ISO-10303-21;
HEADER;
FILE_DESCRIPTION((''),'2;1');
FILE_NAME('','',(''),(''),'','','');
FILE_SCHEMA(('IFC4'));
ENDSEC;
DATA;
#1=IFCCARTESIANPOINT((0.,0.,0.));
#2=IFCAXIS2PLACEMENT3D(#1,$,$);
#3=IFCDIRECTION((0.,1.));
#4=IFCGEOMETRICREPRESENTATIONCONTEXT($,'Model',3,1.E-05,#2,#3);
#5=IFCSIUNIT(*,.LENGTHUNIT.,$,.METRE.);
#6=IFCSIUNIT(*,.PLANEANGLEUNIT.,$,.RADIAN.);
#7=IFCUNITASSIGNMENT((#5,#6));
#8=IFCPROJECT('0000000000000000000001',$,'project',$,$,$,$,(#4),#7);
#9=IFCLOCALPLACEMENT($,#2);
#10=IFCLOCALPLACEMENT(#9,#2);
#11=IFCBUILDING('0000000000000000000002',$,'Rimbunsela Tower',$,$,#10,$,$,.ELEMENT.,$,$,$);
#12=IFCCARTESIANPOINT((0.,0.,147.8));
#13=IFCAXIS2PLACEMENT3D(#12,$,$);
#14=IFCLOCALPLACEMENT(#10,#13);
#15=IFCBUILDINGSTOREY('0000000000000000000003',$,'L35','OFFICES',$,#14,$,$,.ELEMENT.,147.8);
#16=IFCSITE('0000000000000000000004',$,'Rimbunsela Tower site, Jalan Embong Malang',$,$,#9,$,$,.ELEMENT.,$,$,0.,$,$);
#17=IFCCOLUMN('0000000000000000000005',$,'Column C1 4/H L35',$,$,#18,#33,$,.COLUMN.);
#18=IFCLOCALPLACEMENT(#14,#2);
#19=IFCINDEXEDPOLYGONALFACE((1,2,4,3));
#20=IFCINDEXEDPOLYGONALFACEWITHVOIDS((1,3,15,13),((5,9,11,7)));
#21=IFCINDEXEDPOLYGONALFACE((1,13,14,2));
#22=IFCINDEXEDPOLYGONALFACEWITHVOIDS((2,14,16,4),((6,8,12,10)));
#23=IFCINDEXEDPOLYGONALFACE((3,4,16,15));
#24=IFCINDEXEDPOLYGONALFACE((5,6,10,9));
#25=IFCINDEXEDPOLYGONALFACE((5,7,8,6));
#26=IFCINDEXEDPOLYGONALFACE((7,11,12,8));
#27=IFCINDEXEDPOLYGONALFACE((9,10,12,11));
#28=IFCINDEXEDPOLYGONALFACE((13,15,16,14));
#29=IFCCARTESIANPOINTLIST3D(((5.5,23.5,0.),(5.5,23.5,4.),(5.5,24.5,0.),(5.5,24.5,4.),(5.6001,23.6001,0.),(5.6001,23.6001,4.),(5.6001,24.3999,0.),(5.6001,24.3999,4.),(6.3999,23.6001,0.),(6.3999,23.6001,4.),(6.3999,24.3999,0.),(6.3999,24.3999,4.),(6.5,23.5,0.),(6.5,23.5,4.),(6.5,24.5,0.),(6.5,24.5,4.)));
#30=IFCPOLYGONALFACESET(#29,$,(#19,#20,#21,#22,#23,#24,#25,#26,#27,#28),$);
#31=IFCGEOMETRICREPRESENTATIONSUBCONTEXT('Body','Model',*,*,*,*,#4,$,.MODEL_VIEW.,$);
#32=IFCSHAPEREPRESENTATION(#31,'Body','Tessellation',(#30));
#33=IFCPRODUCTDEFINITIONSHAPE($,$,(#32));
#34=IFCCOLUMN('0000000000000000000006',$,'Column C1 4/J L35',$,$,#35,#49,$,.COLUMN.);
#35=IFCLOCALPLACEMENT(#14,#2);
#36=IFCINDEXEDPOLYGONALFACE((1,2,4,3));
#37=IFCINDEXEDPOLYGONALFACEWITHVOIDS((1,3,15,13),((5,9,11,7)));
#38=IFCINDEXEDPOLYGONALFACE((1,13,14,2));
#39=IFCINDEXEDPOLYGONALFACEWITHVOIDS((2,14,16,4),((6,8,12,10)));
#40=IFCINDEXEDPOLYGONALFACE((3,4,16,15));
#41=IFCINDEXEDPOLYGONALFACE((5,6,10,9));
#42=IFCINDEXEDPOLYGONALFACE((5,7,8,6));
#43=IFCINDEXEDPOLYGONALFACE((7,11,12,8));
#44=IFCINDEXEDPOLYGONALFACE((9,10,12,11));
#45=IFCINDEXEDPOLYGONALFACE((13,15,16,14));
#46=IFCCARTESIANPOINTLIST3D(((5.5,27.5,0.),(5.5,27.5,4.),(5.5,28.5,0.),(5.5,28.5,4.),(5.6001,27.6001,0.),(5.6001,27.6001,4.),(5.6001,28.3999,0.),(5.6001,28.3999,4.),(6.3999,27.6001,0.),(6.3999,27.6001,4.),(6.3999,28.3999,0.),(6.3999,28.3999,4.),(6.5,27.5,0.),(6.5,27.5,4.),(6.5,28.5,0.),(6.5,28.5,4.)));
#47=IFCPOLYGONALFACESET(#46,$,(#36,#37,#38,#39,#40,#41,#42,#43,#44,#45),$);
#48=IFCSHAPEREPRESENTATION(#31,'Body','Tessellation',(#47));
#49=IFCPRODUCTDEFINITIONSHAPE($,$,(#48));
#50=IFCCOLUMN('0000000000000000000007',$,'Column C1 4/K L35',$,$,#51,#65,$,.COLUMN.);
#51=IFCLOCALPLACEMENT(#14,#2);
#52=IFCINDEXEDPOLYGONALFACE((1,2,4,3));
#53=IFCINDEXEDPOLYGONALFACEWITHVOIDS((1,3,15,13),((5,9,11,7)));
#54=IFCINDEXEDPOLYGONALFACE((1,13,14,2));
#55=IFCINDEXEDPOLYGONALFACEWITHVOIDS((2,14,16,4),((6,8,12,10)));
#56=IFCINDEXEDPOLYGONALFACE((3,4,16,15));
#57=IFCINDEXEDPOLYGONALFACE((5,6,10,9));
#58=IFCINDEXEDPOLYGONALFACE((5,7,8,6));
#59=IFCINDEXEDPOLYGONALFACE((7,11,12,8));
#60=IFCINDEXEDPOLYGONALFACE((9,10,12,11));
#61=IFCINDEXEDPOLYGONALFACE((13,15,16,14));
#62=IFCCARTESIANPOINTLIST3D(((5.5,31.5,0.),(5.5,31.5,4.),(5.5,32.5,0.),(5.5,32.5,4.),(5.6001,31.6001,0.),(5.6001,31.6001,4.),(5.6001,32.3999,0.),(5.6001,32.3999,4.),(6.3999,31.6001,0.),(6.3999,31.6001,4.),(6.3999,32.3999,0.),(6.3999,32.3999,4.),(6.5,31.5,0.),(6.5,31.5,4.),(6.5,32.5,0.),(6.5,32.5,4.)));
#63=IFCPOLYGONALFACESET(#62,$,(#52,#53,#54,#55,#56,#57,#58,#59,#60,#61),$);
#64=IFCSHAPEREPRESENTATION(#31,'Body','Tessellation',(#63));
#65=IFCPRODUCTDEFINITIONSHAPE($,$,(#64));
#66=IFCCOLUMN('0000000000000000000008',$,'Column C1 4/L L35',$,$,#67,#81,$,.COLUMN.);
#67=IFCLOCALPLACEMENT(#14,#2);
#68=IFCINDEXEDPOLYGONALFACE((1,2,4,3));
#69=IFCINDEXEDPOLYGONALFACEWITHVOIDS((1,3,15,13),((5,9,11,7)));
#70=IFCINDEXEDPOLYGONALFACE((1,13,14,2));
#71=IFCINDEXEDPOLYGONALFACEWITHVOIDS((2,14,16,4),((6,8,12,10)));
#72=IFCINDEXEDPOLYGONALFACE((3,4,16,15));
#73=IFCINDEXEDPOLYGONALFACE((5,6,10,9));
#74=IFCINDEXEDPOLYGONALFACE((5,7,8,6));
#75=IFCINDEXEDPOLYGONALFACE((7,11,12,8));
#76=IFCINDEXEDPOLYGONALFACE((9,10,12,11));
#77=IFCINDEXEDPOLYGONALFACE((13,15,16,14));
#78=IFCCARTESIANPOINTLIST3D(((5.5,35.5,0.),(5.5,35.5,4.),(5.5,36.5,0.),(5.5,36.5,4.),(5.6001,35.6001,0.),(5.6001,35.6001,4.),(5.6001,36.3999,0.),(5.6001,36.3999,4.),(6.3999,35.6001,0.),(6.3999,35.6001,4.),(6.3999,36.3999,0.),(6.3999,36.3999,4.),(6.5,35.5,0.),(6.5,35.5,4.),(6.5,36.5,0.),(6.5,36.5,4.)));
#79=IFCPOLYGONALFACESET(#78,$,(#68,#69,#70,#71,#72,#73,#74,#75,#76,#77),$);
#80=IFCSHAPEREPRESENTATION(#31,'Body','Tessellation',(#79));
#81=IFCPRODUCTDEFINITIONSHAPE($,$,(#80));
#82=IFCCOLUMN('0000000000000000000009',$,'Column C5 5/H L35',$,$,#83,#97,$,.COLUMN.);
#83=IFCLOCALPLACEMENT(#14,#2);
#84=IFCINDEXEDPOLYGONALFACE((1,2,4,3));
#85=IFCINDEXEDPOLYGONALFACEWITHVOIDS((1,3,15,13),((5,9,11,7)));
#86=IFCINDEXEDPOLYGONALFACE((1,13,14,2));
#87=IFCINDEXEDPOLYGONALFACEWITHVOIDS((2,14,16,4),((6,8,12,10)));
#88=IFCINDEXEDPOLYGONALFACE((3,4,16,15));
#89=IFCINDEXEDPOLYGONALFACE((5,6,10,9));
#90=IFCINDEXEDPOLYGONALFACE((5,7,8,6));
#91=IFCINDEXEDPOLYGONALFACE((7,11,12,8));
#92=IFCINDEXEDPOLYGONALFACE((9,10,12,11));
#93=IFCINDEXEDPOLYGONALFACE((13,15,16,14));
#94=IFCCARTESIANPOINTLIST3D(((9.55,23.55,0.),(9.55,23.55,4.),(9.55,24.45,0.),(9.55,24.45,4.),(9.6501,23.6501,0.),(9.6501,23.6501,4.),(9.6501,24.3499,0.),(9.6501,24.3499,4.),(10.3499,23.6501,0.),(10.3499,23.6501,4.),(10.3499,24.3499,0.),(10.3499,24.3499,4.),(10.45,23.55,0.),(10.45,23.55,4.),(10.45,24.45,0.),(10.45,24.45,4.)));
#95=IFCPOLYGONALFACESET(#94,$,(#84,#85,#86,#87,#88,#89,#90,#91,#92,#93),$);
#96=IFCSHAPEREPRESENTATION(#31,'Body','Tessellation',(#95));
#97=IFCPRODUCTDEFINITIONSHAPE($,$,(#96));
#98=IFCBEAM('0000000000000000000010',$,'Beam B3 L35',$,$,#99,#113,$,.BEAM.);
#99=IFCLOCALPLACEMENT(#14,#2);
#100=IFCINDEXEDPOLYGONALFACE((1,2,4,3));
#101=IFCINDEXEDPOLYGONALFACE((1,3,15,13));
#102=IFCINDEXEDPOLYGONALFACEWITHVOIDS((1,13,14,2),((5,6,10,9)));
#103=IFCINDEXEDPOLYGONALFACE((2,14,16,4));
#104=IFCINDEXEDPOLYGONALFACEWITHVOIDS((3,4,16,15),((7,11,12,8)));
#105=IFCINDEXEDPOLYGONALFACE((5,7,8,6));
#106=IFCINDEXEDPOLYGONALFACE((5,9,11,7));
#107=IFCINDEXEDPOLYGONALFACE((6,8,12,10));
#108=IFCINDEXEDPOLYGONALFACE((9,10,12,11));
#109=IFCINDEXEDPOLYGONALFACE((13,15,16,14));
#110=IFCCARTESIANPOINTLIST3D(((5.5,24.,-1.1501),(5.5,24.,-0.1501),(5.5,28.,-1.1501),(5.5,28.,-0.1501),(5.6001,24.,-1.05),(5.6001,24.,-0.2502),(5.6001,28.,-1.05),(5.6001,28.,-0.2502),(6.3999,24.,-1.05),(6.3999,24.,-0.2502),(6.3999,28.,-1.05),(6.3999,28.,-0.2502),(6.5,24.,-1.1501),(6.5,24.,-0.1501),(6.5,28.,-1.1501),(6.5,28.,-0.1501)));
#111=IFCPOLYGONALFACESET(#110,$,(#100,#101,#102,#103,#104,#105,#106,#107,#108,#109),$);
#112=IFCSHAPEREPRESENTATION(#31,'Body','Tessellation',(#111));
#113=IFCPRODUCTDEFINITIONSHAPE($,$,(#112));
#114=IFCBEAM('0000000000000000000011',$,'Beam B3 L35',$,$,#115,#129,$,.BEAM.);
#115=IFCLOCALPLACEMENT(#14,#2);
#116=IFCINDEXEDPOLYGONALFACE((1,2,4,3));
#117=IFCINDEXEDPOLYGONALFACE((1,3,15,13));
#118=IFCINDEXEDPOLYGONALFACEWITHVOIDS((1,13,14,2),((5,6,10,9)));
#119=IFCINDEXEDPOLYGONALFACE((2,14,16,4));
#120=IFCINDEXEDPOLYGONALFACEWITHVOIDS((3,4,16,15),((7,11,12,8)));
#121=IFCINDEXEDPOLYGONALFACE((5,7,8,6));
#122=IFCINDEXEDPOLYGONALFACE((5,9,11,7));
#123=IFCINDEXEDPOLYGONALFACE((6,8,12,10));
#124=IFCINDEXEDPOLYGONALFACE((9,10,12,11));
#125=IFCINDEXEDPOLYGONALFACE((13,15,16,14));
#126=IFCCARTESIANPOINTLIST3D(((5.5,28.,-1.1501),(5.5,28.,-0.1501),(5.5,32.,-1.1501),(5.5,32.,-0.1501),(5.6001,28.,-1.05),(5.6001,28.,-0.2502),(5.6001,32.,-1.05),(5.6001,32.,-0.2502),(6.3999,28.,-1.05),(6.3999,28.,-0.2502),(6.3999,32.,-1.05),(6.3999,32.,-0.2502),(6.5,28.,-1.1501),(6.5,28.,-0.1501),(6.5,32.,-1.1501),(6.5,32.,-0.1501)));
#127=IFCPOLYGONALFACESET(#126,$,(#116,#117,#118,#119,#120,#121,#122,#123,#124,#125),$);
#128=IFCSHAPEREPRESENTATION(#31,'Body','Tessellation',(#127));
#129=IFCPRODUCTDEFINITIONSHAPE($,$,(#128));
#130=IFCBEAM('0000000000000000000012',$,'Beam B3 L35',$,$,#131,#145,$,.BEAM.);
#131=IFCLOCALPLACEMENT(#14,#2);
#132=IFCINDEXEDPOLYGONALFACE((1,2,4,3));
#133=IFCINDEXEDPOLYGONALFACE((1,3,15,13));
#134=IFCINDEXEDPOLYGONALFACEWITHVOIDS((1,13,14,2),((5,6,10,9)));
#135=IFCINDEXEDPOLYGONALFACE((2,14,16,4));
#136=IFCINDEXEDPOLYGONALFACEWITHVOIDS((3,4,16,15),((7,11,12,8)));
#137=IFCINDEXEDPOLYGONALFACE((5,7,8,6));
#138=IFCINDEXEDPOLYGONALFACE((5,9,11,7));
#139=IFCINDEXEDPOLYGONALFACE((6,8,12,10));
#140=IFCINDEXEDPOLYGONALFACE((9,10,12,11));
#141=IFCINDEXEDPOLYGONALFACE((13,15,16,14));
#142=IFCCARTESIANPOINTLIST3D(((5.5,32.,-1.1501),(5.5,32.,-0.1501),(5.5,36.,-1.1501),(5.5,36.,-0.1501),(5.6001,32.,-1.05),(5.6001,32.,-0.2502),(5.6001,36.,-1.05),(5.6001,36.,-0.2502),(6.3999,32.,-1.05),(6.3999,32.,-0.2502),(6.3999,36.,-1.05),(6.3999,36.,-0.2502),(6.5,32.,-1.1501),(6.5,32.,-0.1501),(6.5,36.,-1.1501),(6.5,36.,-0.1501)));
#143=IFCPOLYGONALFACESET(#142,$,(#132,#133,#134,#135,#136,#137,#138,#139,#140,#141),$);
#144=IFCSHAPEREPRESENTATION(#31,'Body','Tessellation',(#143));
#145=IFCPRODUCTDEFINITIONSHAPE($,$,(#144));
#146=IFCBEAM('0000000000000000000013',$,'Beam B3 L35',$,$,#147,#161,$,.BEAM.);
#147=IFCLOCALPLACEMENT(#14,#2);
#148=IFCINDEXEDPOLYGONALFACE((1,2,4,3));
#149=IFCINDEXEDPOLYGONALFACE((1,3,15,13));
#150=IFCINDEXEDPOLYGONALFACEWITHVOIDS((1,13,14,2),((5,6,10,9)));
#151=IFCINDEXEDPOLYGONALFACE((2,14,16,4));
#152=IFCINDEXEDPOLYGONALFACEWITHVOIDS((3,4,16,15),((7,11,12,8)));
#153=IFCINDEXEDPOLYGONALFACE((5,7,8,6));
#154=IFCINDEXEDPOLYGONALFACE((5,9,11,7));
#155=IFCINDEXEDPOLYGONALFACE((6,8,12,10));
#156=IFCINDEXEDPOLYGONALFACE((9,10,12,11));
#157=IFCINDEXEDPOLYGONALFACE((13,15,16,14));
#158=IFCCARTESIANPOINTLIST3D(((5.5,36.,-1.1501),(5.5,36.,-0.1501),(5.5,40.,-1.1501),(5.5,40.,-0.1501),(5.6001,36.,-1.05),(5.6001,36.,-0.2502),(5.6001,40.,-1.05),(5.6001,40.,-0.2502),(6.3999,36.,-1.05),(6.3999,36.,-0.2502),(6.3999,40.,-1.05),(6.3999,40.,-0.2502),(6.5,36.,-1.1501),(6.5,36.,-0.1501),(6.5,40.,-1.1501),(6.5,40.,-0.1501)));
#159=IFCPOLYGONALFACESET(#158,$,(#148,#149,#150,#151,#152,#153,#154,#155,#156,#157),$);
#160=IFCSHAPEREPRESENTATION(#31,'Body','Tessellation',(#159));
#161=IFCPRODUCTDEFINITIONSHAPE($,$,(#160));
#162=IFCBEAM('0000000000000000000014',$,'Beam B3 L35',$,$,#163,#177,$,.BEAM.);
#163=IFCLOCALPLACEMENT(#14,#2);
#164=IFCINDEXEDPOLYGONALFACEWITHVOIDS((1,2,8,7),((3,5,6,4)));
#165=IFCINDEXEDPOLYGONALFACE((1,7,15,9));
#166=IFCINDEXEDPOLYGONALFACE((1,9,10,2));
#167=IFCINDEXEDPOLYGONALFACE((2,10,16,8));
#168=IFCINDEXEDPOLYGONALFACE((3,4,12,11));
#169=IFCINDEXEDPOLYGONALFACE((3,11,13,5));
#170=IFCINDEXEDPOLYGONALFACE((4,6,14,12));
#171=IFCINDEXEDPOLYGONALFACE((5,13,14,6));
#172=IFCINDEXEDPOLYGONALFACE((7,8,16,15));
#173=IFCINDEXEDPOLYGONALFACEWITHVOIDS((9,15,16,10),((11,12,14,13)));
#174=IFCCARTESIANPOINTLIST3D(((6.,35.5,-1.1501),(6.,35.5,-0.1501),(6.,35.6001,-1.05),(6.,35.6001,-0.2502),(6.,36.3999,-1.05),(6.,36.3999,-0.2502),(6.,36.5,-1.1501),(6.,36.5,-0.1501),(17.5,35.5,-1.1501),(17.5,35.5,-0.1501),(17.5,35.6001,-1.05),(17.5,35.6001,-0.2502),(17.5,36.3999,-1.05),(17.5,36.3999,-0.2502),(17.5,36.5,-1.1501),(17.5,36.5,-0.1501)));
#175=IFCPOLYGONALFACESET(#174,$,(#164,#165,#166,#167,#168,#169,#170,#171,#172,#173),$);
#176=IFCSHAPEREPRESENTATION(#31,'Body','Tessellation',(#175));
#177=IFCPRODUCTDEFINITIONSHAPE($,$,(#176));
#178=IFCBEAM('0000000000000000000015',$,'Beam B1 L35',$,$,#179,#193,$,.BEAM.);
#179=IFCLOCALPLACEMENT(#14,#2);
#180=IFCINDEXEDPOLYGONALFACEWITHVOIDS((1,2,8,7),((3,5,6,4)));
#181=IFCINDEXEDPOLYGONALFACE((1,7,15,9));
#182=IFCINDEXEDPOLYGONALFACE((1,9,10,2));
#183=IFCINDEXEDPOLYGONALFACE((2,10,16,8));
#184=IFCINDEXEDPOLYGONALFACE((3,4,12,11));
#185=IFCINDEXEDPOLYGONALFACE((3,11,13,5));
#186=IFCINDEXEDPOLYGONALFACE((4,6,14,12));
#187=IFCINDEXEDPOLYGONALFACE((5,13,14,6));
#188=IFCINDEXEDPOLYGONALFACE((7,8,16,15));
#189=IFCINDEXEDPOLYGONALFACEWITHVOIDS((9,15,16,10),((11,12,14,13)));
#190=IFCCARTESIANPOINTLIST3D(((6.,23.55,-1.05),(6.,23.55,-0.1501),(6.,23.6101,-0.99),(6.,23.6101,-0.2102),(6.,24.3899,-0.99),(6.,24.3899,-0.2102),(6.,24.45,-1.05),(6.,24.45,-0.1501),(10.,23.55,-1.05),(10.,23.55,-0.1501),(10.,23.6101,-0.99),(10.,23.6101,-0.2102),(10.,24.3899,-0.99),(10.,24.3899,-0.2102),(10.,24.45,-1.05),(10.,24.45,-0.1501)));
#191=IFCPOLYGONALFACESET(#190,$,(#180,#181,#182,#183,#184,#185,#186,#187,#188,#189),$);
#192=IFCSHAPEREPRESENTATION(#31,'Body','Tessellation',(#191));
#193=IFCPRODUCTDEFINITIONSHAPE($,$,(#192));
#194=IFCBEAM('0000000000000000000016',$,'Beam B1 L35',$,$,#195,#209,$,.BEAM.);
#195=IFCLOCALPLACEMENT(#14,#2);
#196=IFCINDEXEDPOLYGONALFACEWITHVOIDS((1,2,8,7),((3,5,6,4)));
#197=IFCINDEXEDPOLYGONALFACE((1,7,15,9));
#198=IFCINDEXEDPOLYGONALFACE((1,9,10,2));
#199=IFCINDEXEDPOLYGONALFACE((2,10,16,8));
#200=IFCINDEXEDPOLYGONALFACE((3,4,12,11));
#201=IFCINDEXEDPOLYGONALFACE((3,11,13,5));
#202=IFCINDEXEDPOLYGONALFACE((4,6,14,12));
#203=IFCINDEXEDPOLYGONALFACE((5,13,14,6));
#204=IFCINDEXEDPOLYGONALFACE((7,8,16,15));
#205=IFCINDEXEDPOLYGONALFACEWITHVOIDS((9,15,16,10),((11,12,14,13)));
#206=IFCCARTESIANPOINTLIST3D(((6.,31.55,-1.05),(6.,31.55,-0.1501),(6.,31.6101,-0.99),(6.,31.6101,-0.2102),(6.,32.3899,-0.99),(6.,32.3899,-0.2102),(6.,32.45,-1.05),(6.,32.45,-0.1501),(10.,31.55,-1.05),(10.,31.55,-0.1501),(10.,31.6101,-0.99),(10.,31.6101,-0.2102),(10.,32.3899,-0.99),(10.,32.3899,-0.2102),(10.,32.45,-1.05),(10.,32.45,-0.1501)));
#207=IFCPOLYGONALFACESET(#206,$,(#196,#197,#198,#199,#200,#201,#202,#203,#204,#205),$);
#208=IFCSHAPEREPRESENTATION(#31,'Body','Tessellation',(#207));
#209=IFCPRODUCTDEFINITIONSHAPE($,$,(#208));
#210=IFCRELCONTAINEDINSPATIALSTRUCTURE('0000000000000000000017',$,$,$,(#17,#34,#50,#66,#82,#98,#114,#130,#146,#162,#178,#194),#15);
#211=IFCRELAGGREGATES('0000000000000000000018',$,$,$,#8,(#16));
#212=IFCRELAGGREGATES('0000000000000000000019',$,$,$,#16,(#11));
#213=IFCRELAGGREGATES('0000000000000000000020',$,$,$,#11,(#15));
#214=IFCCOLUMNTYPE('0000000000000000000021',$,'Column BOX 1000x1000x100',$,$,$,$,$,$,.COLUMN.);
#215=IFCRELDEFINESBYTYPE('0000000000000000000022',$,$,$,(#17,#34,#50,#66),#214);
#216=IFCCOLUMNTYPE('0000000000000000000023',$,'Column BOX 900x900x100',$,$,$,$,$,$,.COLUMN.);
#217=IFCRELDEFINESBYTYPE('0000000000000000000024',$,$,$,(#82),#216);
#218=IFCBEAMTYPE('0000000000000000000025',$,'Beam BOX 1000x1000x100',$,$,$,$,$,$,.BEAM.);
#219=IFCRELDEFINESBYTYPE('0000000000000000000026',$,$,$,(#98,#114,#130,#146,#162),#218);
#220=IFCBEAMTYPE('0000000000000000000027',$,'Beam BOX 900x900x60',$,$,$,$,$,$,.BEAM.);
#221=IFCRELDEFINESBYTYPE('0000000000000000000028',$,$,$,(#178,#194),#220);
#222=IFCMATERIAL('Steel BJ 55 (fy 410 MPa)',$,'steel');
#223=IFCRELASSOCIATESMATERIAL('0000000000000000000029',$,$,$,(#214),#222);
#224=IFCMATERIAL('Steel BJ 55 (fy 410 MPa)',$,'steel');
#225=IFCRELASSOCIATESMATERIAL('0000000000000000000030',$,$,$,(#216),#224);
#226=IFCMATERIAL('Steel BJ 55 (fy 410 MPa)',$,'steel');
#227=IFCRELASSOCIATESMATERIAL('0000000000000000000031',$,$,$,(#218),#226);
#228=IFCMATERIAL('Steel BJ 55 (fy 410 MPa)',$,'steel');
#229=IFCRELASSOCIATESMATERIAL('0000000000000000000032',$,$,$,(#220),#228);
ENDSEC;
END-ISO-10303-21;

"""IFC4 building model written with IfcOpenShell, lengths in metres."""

from ifc_helpers import new_model, si_unit, direction, frame, origin, origin_2d, place, context, subcontext, project, spatial, hollow_rectangle, extrude, material, material_profile, profile_set, type_object, element, save


model = new_model("IFC4")

# Units and contexts
model_context = context("Model", 3, precision=1e-05, world=origin(), true_north=direction((0.0, 1.0)))
body_context = subcontext(model_context, "Body", "Model", "MODEL_VIEW")
ifc_project = project(units=[si_unit("LENGTHUNIT", "METRE"), si_unit("PLANEANGLEUNIT", "RADIAN")], contexts=[model_context])

# Site, building, storey
site_placement = place(None, origin())
site = spatial("IfcSite", under=ifc_project, at=site_placement, Name="Rimbunsela Tower site, Jalan Embong Malang", CompositionType="ELEMENT", RefElevation=0.0)
building_placement = place(site_placement, origin())
building = spatial("IfcBuilding", under=site, at=building_placement, Name="Rimbunsela Tower", CompositionType="ELEMENT")
storey_placement = place(building_placement, frame((0.0, 0.0, 147.8)))
storey = spatial("IfcBuildingStorey", under=building, at=storey_placement, Name="L35", Description="OFFICES", CompositionType="ELEMENT", Elevation=147.8)

# Columns
ifc_material_1 = material(Name="Steel BJ 55 (fy 410 MPa)", Category="steel")
ifc_material_profile_1 = material_profile(ifc_material_1, hollow_rectangle(XDim=1.0, YDim=1.0, WallThickness=0.1001, at=origin_2d()), Name="BOX 1000x1000x100")
ifc_profile_set_1 = profile_set([ifc_material_profile_1], Name="Steel BJ 55 (fy 410 MPa)")
column_type_1 = type_object("IfcColumnType", Name="Column BOX 1000x1000x100", PredefinedType="COLUMN", material=ifc_profile_set_1)
for number, where, z_axis, x_axis, name in (
    (1, (6.0, 24.0, 0.0), (0.0, 0.0, 1.0), (1.0, 0.0, 0.0), "Column C1 4/H L35"),
    (2, (6.0, 28.0, 0.0), (0.0, 0.0, 1.0), (1.0, 0.0, 0.0), "Column C1 4/J L35"),
    (3, (6.0, 32.0, 0.0), (0.0, 0.0, 1.0), (1.0, 0.0, 0.0), "Column C1 4/K L35"),
    (4, (6.0, 36.0, 0.0), (0.0, 0.0, 1.0), (1.0, 0.0, 0.0), "Column C1 4/L L35"),
):
    element("IfcColumn", number, at=place(storey_placement, frame(where, z_axis=z_axis, x_axis=x_axis)), inside=storey, type_object=column_type_1, Name=name, PredefinedType="COLUMN", context=body_context, shape_type="SweptSolid", body=[
        extrude(hollow_rectangle(XDim=1.0, YDim=1.0, WallThickness=0.1001, at=origin_2d()), origin(), (0.0, 0.0, 1.0), 4.0),
    ])
ifc_material_2 = material(Name="Steel BJ 55 (fy 410 MPa)", Category="steel")
ifc_material_profile_2 = material_profile(ifc_material_2, hollow_rectangle(XDim=0.8999, YDim=0.8999, WallThickness=0.1001, at=origin_2d()), Name="BOX 900x900x100")
ifc_profile_set_2 = profile_set([ifc_material_profile_2], Name="Steel BJ 55 (fy 410 MPa)")
column_type_2 = type_object("IfcColumnType", Name="Column BOX 900x900x100", PredefinedType="COLUMN", material=ifc_profile_set_2)
column_placement = place(storey_placement, frame((10.0, 24.0, 0.0), z_axis=(0.0, 0.0, 1.0), x_axis=(1.0, 0.0, 0.0)))
element("IfcColumn", 5, at=column_placement, inside=storey, type_object=column_type_2, Name="Column C5 5/H L35", PredefinedType="COLUMN", context=body_context, shape_type="SweptSolid", body=[
    extrude(hollow_rectangle(XDim=0.8999, YDim=0.8999, WallThickness=0.1001, at=origin_2d()), origin(), (0.0, 0.0, 1.0), 4.0),
])

# Beams
ifc_material_3 = material(Name="Steel BJ 55 (fy 410 MPa)", Category="steel")
ifc_material_profile_3 = material_profile(ifc_material_3, hollow_rectangle(XDim=1.0, YDim=1.0, WallThickness=0.1001, at=origin_2d()), Name="BOX 1000x1000x100")
ifc_profile_set_3 = profile_set([ifc_material_profile_3], Name="Steel BJ 55 (fy 410 MPa)")
beam_type_1 = type_object("IfcBeamType", Name="Beam BOX 1000x1000x100", PredefinedType="BEAM", material=ifc_profile_set_3)
for number, where, z_axis, x_axis, name in (
    (6, (6.0, 24.0, -0.6501), (0.0, 1.0, 0.0), (-1.0, 0.0, 0.0), "Beam B3 L35"),
    (7, (6.0, 28.0, -0.6501), (0.0, 1.0, 0.0), (-1.0, 0.0, 0.0), "Beam B3 L35"),
    (8, (6.0, 32.0, -0.6501), (0.0, 1.0, 0.0), (-1.0, 0.0, 0.0), "Beam B3 L35"),
    (9, (6.0, 36.0, -0.6501), (0.0, 1.0, 0.0), (-1.0, 0.0, 0.0), "Beam B3 L35"),
):
    element("IfcBeam", number, at=place(storey_placement, frame(where, z_axis=z_axis, x_axis=x_axis)), inside=storey, type_object=beam_type_1, Name=name, PredefinedType="BEAM", context=body_context, shape_type="SweptSolid", body=[
        extrude(hollow_rectangle(XDim=1.0, YDim=1.0, WallThickness=0.1001, at=origin_2d()), origin(), (0.0, 0.0, 1.0), 4.0),
    ])
beam_1_placement = place(storey_placement, frame((6.0, 36.0, -0.6501), z_axis=(1.0, 0.0, 0.0), x_axis=(0.0, 1.0, 0.0)))
element("IfcBeam", 10, at=beam_1_placement, inside=storey, type_object=beam_type_1, Name="Beam B3 L35", PredefinedType="BEAM", context=body_context, shape_type="SweptSolid", body=[
    extrude(hollow_rectangle(XDim=1.0, YDim=1.0, WallThickness=0.1001, at=origin_2d()), origin(), (0.0, 0.0, 1.0), 11.5),
])
ifc_material_4 = material(Name="Steel BJ 55 (fy 410 MPa)", Category="steel")
ifc_material_profile_4 = material_profile(ifc_material_4, hollow_rectangle(XDim=0.8999, YDim=0.8999, WallThickness=0.0601, at=origin_2d()), Name="BOX 900x900x60")
ifc_profile_set_4 = profile_set([ifc_material_profile_4], Name="Steel BJ 55 (fy 410 MPa)")
beam_type_2 = type_object("IfcBeamType", Name="Beam BOX 900x900x60", PredefinedType="BEAM", material=ifc_profile_set_4)
for number, where, z_axis, x_axis, name in (
    (11, (6.0, 24.0, -0.6001), (1.0, 0.0, 0.0), (0.0, 1.0, 0.0), "Beam B1 L35"),
    (12, (6.0, 32.0, -0.6001), (1.0, 0.0, 0.0), (0.0, 1.0, 0.0), "Beam B1 L35"),
):
    element("IfcBeam", number, at=place(storey_placement, frame(where, z_axis=z_axis, x_axis=x_axis)), inside=storey, type_object=beam_type_2, Name=name, PredefinedType="BEAM", context=body_context, shape_type="SweptSolid", body=[
        extrude(hollow_rectangle(XDim=0.8999, YDim=0.8999, WallThickness=0.0601, at=origin_2d()), origin(), (0.0, 0.0, 1.0), 4.0),
    ])

save(model, "model.ifc")
